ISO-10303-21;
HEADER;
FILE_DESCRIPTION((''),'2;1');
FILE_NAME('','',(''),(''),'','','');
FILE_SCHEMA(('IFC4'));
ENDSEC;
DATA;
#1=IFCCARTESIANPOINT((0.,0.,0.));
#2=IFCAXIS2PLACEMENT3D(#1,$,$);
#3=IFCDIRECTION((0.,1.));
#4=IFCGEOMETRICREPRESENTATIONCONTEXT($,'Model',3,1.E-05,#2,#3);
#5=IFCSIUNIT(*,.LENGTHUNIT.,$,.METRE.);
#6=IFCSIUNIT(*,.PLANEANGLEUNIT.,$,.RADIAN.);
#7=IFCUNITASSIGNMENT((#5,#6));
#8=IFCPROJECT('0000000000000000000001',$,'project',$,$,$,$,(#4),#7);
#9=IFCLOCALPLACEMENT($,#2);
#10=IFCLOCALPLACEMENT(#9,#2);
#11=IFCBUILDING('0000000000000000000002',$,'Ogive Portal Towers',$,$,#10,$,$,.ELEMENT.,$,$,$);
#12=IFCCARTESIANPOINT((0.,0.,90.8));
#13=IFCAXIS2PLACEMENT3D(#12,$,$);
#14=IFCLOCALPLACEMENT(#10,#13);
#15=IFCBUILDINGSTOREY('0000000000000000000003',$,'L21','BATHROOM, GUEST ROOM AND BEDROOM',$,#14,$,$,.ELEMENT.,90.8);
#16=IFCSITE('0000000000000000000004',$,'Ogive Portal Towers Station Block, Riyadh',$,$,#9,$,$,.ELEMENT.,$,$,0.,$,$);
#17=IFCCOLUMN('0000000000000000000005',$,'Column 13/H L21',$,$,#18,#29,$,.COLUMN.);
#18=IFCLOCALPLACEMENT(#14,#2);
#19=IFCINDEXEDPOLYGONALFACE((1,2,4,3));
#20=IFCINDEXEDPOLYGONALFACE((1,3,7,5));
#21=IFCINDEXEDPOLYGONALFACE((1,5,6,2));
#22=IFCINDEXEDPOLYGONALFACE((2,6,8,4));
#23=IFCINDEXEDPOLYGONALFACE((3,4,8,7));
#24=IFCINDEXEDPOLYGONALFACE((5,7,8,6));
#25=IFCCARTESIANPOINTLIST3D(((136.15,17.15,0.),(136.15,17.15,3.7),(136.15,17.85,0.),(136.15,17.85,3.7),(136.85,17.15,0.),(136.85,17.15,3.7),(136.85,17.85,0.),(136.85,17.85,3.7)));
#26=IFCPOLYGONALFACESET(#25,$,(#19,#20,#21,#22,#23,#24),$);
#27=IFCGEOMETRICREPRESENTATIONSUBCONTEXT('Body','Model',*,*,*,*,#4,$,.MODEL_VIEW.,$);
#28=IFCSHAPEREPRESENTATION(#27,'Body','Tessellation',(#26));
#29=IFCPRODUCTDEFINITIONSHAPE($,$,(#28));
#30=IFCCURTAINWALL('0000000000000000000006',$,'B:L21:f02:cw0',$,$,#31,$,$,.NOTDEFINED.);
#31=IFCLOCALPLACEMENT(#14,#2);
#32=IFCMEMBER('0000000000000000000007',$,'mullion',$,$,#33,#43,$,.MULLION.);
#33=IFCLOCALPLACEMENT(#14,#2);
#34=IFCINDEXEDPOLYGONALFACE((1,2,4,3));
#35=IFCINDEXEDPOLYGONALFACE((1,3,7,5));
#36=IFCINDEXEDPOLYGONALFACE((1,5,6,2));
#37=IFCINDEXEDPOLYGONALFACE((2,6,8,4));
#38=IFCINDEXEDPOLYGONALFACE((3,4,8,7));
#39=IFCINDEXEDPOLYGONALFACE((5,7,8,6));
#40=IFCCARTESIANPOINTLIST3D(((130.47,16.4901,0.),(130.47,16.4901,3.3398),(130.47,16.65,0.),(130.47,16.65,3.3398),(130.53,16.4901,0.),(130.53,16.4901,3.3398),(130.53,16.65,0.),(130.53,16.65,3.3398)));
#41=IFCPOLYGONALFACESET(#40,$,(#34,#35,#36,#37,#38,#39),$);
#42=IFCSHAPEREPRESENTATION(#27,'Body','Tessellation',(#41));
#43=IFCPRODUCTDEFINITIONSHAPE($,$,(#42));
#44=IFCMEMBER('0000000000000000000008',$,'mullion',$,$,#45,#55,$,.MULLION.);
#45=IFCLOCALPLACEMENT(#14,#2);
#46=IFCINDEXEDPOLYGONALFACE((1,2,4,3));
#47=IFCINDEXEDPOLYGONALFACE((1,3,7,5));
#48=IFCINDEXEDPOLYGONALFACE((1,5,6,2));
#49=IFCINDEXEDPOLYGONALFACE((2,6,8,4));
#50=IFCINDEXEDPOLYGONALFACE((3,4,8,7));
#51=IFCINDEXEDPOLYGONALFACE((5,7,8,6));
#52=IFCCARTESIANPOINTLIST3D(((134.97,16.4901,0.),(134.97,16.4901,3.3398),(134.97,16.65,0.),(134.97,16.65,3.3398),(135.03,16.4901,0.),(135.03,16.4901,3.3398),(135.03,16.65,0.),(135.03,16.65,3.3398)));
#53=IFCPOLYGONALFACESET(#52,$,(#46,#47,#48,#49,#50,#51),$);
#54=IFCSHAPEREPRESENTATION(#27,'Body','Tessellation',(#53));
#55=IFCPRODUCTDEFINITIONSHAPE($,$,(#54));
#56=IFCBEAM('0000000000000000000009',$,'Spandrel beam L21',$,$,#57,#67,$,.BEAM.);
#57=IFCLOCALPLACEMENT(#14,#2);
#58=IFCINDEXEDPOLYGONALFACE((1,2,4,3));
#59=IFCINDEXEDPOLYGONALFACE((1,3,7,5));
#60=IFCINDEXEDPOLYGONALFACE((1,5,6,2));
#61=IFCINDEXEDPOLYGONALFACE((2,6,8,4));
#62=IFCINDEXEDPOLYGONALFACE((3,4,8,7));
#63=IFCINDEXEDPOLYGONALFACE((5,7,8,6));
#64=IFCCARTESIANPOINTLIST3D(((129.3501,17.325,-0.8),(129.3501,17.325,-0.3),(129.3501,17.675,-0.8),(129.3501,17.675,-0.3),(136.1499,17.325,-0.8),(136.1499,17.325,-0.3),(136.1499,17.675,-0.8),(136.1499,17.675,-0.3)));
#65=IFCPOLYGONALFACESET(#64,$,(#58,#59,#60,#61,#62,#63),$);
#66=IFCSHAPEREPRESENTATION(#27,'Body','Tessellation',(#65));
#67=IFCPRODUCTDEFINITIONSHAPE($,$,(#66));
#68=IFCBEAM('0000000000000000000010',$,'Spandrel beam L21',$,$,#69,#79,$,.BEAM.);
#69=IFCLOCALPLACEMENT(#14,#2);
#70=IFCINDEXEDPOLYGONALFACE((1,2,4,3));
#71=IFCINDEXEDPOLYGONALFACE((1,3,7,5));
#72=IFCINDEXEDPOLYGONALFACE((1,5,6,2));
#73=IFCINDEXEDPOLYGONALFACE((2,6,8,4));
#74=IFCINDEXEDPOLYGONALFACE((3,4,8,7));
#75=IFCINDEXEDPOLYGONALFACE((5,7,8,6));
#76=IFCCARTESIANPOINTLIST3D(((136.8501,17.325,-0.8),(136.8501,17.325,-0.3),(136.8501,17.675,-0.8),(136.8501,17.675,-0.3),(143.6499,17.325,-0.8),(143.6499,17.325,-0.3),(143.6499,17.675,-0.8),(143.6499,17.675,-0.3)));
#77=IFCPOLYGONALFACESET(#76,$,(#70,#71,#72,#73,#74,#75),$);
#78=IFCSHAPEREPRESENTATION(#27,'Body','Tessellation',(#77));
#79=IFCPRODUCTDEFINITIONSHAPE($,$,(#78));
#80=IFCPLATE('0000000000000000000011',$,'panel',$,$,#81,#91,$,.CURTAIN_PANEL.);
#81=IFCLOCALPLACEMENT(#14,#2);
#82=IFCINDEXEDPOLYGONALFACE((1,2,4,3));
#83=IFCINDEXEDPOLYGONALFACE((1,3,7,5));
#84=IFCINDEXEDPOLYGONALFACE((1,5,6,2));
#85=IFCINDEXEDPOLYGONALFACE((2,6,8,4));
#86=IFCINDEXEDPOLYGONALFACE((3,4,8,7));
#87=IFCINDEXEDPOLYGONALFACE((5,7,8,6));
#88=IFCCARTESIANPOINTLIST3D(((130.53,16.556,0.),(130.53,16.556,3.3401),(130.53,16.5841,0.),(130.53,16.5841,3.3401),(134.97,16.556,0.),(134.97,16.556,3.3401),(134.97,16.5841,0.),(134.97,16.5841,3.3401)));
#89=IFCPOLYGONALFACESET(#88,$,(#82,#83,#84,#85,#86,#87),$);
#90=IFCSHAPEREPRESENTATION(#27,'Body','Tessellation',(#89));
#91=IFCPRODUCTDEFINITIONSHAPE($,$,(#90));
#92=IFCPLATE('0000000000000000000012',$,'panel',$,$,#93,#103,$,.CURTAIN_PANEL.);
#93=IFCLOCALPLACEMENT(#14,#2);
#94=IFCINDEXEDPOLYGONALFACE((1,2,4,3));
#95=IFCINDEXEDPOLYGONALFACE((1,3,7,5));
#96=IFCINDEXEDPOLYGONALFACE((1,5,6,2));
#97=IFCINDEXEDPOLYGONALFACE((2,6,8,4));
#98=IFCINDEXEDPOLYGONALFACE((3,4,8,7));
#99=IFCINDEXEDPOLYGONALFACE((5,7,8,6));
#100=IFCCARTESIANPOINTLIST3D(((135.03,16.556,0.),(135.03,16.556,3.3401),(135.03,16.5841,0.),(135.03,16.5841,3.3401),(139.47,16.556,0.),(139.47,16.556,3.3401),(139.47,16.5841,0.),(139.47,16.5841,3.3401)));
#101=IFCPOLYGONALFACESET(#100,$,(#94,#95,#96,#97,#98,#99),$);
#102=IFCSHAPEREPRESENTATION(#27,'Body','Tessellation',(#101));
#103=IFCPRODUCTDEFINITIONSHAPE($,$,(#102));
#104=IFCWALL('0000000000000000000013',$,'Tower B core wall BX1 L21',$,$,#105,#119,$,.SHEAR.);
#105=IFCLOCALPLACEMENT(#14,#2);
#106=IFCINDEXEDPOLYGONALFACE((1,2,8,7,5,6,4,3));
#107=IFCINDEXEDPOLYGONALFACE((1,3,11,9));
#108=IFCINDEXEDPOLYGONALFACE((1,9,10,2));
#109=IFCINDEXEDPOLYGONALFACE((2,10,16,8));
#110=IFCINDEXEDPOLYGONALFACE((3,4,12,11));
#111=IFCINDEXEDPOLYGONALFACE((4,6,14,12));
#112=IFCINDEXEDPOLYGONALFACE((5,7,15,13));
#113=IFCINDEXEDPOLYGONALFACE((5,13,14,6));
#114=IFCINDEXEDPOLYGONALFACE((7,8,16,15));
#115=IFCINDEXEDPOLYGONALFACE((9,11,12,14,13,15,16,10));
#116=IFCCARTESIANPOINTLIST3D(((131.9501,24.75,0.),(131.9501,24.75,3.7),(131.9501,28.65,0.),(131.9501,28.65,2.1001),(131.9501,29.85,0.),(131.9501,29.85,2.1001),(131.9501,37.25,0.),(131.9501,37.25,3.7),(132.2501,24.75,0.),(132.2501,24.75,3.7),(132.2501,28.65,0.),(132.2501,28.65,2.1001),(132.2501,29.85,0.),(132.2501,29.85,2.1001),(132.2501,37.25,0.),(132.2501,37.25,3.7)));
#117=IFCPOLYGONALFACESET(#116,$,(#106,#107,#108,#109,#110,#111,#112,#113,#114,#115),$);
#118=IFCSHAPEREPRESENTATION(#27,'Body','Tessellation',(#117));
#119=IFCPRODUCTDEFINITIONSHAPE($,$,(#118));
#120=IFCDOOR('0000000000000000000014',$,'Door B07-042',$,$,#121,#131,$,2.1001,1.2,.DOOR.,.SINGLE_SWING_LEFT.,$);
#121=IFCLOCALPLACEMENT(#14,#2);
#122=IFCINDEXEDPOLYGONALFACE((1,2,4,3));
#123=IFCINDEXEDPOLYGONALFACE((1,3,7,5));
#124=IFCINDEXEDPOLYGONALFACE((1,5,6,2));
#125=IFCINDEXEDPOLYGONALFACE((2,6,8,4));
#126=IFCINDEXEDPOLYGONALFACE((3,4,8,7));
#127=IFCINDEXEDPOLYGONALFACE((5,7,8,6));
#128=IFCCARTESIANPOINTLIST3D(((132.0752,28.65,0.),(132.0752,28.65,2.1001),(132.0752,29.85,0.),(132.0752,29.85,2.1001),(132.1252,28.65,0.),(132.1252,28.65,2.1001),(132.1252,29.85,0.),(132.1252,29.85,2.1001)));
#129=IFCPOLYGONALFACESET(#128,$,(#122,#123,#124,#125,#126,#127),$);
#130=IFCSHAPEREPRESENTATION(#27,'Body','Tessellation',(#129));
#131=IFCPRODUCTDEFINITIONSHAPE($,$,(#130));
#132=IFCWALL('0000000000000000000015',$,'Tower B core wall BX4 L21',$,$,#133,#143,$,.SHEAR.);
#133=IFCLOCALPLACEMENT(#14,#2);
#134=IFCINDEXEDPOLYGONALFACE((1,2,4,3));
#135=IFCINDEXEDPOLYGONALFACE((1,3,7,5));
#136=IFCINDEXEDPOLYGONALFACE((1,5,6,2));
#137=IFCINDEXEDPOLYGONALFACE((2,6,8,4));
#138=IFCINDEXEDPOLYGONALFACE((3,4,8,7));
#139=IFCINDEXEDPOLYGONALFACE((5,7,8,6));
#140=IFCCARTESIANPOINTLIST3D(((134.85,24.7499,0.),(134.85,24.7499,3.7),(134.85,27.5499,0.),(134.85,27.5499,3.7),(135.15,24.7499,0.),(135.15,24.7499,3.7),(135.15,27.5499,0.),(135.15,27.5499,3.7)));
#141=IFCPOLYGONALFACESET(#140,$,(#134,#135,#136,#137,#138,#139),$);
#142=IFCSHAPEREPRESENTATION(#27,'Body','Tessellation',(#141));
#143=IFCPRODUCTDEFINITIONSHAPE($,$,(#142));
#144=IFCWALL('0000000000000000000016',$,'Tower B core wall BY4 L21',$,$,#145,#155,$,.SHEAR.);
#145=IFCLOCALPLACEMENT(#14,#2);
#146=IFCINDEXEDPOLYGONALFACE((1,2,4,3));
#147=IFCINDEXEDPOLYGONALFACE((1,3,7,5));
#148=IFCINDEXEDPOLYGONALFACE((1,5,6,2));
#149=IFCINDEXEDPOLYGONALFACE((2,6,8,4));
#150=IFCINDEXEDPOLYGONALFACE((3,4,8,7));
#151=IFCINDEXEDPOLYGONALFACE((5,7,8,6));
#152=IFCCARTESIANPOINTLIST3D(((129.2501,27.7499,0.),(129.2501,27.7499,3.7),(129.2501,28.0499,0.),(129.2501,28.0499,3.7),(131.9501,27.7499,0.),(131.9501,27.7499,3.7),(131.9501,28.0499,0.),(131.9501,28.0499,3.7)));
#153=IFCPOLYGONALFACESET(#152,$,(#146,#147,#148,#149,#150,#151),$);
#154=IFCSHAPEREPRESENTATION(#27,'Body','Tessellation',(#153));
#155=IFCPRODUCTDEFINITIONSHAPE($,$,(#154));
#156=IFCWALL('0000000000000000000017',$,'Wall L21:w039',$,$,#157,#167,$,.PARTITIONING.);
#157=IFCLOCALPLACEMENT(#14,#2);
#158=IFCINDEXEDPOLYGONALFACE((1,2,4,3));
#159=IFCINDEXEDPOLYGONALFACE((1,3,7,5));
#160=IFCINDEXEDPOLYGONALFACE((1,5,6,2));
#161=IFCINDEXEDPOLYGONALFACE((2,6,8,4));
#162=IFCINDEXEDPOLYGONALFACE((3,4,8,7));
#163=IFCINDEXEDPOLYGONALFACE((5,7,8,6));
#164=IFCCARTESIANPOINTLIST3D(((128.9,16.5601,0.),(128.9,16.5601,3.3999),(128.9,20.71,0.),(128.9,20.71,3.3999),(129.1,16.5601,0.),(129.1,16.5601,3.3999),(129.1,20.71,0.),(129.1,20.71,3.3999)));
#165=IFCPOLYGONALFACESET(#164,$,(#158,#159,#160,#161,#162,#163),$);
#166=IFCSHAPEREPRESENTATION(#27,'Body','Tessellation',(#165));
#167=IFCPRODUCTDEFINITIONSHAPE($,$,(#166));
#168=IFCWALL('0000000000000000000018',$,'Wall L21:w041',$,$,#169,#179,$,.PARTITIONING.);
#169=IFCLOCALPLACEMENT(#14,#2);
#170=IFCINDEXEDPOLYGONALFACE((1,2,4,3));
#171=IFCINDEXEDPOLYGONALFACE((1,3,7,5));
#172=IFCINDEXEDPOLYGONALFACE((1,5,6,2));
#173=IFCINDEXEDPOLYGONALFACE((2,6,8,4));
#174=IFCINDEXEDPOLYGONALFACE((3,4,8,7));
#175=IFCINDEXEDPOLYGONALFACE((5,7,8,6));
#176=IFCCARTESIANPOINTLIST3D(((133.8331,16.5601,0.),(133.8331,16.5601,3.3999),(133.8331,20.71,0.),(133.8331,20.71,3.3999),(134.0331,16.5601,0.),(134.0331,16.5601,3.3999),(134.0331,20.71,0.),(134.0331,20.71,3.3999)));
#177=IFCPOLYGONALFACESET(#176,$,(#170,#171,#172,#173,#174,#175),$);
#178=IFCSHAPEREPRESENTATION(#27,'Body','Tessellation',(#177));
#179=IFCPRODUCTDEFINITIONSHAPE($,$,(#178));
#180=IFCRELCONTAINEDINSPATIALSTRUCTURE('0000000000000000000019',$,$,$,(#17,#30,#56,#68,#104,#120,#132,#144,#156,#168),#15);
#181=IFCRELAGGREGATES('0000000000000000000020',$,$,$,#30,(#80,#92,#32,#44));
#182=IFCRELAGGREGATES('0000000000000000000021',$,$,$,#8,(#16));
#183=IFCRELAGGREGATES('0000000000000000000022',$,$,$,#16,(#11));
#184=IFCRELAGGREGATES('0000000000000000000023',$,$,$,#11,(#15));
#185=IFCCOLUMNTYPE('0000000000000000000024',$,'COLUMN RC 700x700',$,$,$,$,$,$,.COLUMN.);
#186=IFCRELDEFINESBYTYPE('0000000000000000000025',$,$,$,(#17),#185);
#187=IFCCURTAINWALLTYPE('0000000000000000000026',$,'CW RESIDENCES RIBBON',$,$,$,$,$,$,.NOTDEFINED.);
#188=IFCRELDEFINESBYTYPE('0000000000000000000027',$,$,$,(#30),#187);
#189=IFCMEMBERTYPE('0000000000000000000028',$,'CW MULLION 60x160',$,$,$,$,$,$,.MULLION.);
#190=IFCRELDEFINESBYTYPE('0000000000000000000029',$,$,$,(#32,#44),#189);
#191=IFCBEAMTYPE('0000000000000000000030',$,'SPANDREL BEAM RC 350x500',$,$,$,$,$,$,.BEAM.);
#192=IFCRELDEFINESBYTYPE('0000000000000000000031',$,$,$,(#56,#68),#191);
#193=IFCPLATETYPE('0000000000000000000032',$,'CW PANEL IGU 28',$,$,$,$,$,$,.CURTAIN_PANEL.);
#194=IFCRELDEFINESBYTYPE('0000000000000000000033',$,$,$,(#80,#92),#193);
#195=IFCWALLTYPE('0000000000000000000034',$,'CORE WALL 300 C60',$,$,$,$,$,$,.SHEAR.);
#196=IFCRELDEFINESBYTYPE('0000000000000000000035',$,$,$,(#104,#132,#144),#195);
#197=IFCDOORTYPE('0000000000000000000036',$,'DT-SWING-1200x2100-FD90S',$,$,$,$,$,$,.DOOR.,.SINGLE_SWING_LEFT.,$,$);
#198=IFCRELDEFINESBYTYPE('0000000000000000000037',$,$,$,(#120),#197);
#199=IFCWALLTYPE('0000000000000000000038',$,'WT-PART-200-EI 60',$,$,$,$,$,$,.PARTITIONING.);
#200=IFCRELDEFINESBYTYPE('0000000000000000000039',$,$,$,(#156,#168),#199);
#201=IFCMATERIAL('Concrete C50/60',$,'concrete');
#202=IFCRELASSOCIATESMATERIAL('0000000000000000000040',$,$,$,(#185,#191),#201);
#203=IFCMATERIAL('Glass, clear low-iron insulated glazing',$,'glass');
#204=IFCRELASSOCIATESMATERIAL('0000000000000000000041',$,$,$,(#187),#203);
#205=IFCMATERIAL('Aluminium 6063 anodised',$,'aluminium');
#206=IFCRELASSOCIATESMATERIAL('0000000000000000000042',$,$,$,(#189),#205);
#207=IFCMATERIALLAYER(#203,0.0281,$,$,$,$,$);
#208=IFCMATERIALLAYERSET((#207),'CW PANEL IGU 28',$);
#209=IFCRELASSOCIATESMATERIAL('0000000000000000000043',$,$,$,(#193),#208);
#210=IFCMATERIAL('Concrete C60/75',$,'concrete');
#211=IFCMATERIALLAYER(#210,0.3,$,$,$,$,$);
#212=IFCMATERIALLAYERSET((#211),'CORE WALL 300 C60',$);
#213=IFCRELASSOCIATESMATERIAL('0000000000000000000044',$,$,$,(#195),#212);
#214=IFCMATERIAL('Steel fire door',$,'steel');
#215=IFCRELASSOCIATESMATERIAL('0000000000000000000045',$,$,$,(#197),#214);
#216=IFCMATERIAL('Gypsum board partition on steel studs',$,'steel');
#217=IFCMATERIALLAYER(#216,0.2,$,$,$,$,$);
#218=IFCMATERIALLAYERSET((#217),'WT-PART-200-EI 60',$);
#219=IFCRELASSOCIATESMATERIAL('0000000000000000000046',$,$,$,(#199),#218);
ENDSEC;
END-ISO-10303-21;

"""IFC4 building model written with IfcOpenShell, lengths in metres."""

from ifc_helpers import new_model, si_unit, direction, frame, frame_2d, origin, origin_2d, place, context, subcontext, project, spatial, rectangle, extrude, material, layer, layer_set, material_profile, profile_set, type_object, element, fill, aggregate, save


model = new_model("IFC4")

# Units and contexts
model_context = context("Model", 3, precision=1e-05, world=origin(), true_north=direction((0.0, 1.0)))
body_context = subcontext(model_context, "Body", "Model", "MODEL_VIEW")
ifc_project = project(units=[si_unit("LENGTHUNIT", "METRE"), si_unit("PLANEANGLEUNIT", "RADIAN")], contexts=[model_context])

# Site, building, storey
site_placement = place(None, origin())
site = spatial("IfcSite", under=ifc_project, at=site_placement, Name="Ogive Portal Towers Station Block, Riyadh", CompositionType="ELEMENT", RefElevation=0.0)
building_placement = place(site_placement, origin())
building = spatial("IfcBuilding", under=site, at=building_placement, Name="Ogive Portal Towers", CompositionType="ELEMENT")
storey_placement = place(building_placement, frame((0.0, 0.0, 90.8)))
storey = spatial("IfcBuildingStorey", under=building, at=storey_placement, Name="L21", Description="BATHROOM, GUEST ROOM AND BEDROOM", CompositionType="ELEMENT", Elevation=90.8)

# Column
ifc_material_1 = material(Name="Concrete C50/60", Category="concrete")
ifc_material_profile_1 = material_profile(ifc_material_1, rectangle(XDim=0.7, YDim=0.7, at=origin_2d()), Name="RC 700x700")
ifc_profile_set_1 = profile_set([ifc_material_profile_1], Name="Concrete C50/60")
column_type = type_object("IfcColumnType", Name="COLUMN RC 700x700", PredefinedType="COLUMN", material=ifc_profile_set_1)
column_placement = place(storey_placement, frame((136.5, 17.5, 0.0), z_axis=(0.0, 0.0, 1.0), x_axis=(1.0, 0.0, 0.0)))
element("IfcColumn", 1, at=column_placement, inside=storey, type_object=column_type, Name="Column 13/H L21", PredefinedType="COLUMN", context=body_context, shape_type="SweptSolid", body=[
    extrude(rectangle(XDim=0.7, YDim=0.7, at=origin_2d()), origin(), (0.0, 0.0, 1.0), 3.7),
])

# Curtain wall, members
ifc_material_2 = material(Name="Glass, clear low-iron insulated glazing", Category="glass")
curtain_wall_type = type_object("IfcCurtainWallType", Name="CW RESIDENCES RIBBON", PredefinedType="NOTDEFINED", material=ifc_material_2)
curtain_wall_placement = place(storey_placement, origin())
curtain_wall = element("IfcCurtainWall", 2, at=curtain_wall_placement, inside=storey, type_object=curtain_wall_type, Name="B:L21:f02:cw0", PredefinedType="NOTDEFINED")
ifc_material_3 = material(Name="Aluminium 6063 anodised", Category="aluminium")
ifc_material_profile_2 = material_profile(ifc_material_3, rectangle(XDim=0.1599, YDim=0.0601, at=origin_2d()), Name="AL 60x160")
ifc_profile_set_2 = profile_set([ifc_material_profile_2], Name="Aluminium 6063 anodised")
member_type = type_object("IfcMemberType", Name="CW MULLION 60x160", PredefinedType="MULLION", material=ifc_profile_set_2)
member_1_placement = place(storey_placement, frame((130.5, 16.5701, 0.0), z_axis=(0.0, 0.0, 1.0), x_axis=(0.0, 1.0, 0.0)))
member_1 = element("IfcMember", 3, at=member_1_placement, type_object=member_type, Name="mullion", PredefinedType="MULLION", context=body_context, shape_type="SweptSolid", body=[
    extrude(rectangle(XDim=0.1599, YDim=0.0601, at=origin_2d()), origin(), (0.0, 0.0, 1.0), 3.3398),
])
member_2_placement = place(storey_placement, frame((135.0, 16.5701, 0.0), z_axis=(0.0, 0.0, 1.0), x_axis=(0.0, 1.0, 0.0)))
member_2 = element("IfcMember", 4, at=member_2_placement, type_object=member_type, Name="mullion", PredefinedType="MULLION", context=body_context, shape_type="SweptSolid", body=[
    extrude(rectangle(XDim=0.1599, YDim=0.0601, at=origin_2d()), origin(), (0.0, 0.0, 1.0), 3.3398),
])

# Beams
ifc_material_profile_3 = material_profile(ifc_material_1, rectangle(XDim=0.3501, YDim=0.5, at=origin_2d()), Name="RC 350x500")
ifc_profile_set_3 = profile_set([ifc_material_profile_3], Name="Concrete C50/60")
beam_type = type_object("IfcBeamType", Name="SPANDREL BEAM RC 350x500", PredefinedType="BEAM", material=ifc_profile_set_3)
for number, where, z_axis, x_axis, name in (
    (5, (129.3501, 17.5, -0.55), (1.0, 0.0, 0.0), (0.0, 1.0, 0.0), "Spandrel beam L21"),
    (6, (136.8501, 17.5, -0.55), (1.0, 0.0, 0.0), (0.0, 1.0, 0.0), "Spandrel beam L21"),
):
    element("IfcBeam", number, at=place(storey_placement, frame(where, z_axis=z_axis, x_axis=x_axis)), inside=storey, type_object=beam_type, Name=name, PredefinedType="BEAM", context=body_context, shape_type="SweptSolid", body=[
        extrude(rectangle(XDim=0.3501, YDim=0.5, at=origin_2d()), origin(), (0.0, 0.0, 1.0), 6.7998),
    ])

# Plates
ifc_layer_1 = layer(ifc_material_2, 0.0281)
ifc_layer_set_1 = layer_set([ifc_layer_1], Name="CW PANEL IGU 28")
plate_type = type_object("IfcPlateType", Name="CW PANEL IGU 28", PredefinedType="CURTAIN_PANEL", material=ifc_layer_set_1)
plate_1_placement = place(storey_placement, frame((132.75, 16.5701, 0.0), z_axis=(0.0, 0.0, 1.0), x_axis=(1.0, 0.0, 0.0)))
plate_1 = element("IfcPlate", 7, at=plate_1_placement, type_object=plate_type, Name="panel", PredefinedType="CURTAIN_PANEL", context=body_context, shape_type="SweptSolid", body=[
    extrude(rectangle(XDim=4.4399, YDim=0.0281, at=origin_2d()), origin(), (0.0, 0.0, 1.0), 3.3401),
])
plate_2_placement = place(storey_placement, frame((137.25, 16.5701, 0.0), z_axis=(0.0, 0.0, 1.0), x_axis=(1.0, 0.0, 0.0)))
plate_2 = element("IfcPlate", 8, at=plate_2_placement, type_object=plate_type, Name="panel", PredefinedType="CURTAIN_PANEL", context=body_context, shape_type="SweptSolid", body=[
    extrude(rectangle(XDim=4.4399, YDim=0.0281, at=origin_2d()), origin(), (0.0, 0.0, 1.0), 3.3401),
])
aggregate(curtain_wall, [plate_1, plate_2, member_1, member_2])

# Wall, opening, door
ifc_material_4 = material(Name="Concrete C60/75", Category="concrete")
ifc_layer_2 = layer(ifc_material_4, 0.3)
ifc_layer_set_2 = layer_set([ifc_layer_2], Name="CORE WALL 300 C60")
wall_type_1 = type_object("IfcWallType", Name="CORE WALL 300 C60", PredefinedType="SHEAR", material=ifc_layer_set_2)
wall_1_placement = place(storey_placement, frame((132.1001, 24.75, 0.0), z_axis=(0.0, 0.0, 1.0), x_axis=(0.0, 1.0, 0.0)))
wall_1 = element("IfcWall", 9, at=wall_1_placement, inside=storey, type_object=wall_type_1, Name="Tower B core wall BX1 L21", PredefinedType="SHEAR", context=body_context, shape_type="SweptSolid", body=[
    extrude(rectangle(XDim=12.5, YDim=0.3, at=frame_2d((6.25, 0.0))), origin(), (0.0, 0.0, 1.0), 3.7),
])
opening_1_placement = place(wall_1_placement, frame((3.8999, 0.0, 0.0)))
opening_1 = element("IfcOpeningElement", 10, at=opening_1_placement, cuts=wall_1, PredefinedType="OPENING", context=body_context, shape_type="SweptSolid", body=[
    extrude(rectangle(XDim=1.2, YDim=2.1001, at=frame_2d((0.6001, 1.05))), frame((0.0, 0.1602, 0.0), z_axis=(0.0, -1.0, 0.0), x_axis=(1.0, 0.0, 0.0)), (0.0, 0.0, 1.0), 0.3201),
])
ifc_material_5 = material(Name="Steel fire door", Category="steel")
door_type_1 = type_object("IfcDoorType", Name="DT-SWING-1200x2100-FD90S", OperationType="SINGLE_SWING_LEFT", PredefinedType="DOOR", material=ifc_material_5)
door_1_placement = place(opening_1_placement, origin())
door_1 = element("IfcDoor", 11, at=door_1_placement, inside=storey, type_object=door_type_1, Name="Door B07-042", OperationType="SINGLE_SWING_LEFT", OverallHeight=2.1001, OverallWidth=1.2, PredefinedType="DOOR", context=body_context, shape_type="SweptSolid", body=[
    extrude(rectangle(XDim=1.2, YDim=2.1001, at=frame_2d((0.6001, 1.05))), frame((0.0, 0.0249, 0.0), z_axis=(0.0, -1.0, 0.0), x_axis=(1.0, 0.0, 0.0)), (0.0, 0.0, 1.0), 0.05),
])
fill(opening_1, door_1)

# Wall
wall_2_placement = place(storey_placement, frame((135.0, 24.75, 0.0), z_axis=(0.0, 0.0, 1.0), x_axis=(0.0, 1.0, 0.0)))
element("IfcWall", 12, at=wall_2_placement, inside=storey, type_object=wall_type_1, Name="Tower B core wall BX4 L21", PredefinedType="SHEAR", context=body_context, shape_type="SweptSolid", body=[
    extrude(rectangle(XDim=2.8, YDim=0.3, at=frame_2d((1.3999, 0.0))), origin(), (0.0, 0.0, 1.0), 3.7),
])

# Walls
wall_3_placement = place(storey_placement, frame((129.25, 27.8999, 0.0), z_axis=(0.0, 0.0, 1.0), x_axis=(1.0, 0.0, 0.0)))
element("IfcWall", 13, at=wall_3_placement, inside=storey, type_object=wall_type_1, Name="Tower B core wall BY4 L21", PredefinedType="SHEAR", context=body_context, shape_type="SweptSolid", body=[
    extrude(rectangle(XDim=2.7, YDim=0.3, at=frame_2d((1.3501, 0.0))), origin(), (0.0, 0.0, 1.0), 3.7),
])
ifc_material_6 = material(Name="Gypsum board partition on steel studs", Category="steel")
ifc_layer_3 = layer(ifc_material_6, 0.2)
ifc_layer_set_3 = layer_set([ifc_layer_3], Name="WT-PART-200-EI 60")
wall_type_2 = type_object("IfcWallType", Name="WT-PART-200-EI 60", PredefinedType="PARTITIONING", material=ifc_layer_set_3)
for number, where, z_axis, x_axis, name in (
    (14, (129.0, 16.5601, 0.0), (0.0, 0.0, 1.0), (0.0, 1.0, 0.0), "Wall L21:w039"),
    (15, (133.9331, 16.5601, 0.0), (0.0, 0.0, 1.0), (0.0, 1.0, 0.0), "Wall L21:w041"),
):
    element("IfcWall", number, at=place(storey_placement, frame(where, z_axis=z_axis, x_axis=x_axis)), inside=storey, type_object=wall_type_2, Name=name, PredefinedType="PARTITIONING", context=body_context, shape_type="SweptSolid", body=[
        extrude(rectangle(XDim=4.1499, YDim=0.2, at=frame_2d((2.075, 0.0))), origin(), (0.0, 0.0, 1.0), 3.3999),
    ])

save(model, "model.ifc")
